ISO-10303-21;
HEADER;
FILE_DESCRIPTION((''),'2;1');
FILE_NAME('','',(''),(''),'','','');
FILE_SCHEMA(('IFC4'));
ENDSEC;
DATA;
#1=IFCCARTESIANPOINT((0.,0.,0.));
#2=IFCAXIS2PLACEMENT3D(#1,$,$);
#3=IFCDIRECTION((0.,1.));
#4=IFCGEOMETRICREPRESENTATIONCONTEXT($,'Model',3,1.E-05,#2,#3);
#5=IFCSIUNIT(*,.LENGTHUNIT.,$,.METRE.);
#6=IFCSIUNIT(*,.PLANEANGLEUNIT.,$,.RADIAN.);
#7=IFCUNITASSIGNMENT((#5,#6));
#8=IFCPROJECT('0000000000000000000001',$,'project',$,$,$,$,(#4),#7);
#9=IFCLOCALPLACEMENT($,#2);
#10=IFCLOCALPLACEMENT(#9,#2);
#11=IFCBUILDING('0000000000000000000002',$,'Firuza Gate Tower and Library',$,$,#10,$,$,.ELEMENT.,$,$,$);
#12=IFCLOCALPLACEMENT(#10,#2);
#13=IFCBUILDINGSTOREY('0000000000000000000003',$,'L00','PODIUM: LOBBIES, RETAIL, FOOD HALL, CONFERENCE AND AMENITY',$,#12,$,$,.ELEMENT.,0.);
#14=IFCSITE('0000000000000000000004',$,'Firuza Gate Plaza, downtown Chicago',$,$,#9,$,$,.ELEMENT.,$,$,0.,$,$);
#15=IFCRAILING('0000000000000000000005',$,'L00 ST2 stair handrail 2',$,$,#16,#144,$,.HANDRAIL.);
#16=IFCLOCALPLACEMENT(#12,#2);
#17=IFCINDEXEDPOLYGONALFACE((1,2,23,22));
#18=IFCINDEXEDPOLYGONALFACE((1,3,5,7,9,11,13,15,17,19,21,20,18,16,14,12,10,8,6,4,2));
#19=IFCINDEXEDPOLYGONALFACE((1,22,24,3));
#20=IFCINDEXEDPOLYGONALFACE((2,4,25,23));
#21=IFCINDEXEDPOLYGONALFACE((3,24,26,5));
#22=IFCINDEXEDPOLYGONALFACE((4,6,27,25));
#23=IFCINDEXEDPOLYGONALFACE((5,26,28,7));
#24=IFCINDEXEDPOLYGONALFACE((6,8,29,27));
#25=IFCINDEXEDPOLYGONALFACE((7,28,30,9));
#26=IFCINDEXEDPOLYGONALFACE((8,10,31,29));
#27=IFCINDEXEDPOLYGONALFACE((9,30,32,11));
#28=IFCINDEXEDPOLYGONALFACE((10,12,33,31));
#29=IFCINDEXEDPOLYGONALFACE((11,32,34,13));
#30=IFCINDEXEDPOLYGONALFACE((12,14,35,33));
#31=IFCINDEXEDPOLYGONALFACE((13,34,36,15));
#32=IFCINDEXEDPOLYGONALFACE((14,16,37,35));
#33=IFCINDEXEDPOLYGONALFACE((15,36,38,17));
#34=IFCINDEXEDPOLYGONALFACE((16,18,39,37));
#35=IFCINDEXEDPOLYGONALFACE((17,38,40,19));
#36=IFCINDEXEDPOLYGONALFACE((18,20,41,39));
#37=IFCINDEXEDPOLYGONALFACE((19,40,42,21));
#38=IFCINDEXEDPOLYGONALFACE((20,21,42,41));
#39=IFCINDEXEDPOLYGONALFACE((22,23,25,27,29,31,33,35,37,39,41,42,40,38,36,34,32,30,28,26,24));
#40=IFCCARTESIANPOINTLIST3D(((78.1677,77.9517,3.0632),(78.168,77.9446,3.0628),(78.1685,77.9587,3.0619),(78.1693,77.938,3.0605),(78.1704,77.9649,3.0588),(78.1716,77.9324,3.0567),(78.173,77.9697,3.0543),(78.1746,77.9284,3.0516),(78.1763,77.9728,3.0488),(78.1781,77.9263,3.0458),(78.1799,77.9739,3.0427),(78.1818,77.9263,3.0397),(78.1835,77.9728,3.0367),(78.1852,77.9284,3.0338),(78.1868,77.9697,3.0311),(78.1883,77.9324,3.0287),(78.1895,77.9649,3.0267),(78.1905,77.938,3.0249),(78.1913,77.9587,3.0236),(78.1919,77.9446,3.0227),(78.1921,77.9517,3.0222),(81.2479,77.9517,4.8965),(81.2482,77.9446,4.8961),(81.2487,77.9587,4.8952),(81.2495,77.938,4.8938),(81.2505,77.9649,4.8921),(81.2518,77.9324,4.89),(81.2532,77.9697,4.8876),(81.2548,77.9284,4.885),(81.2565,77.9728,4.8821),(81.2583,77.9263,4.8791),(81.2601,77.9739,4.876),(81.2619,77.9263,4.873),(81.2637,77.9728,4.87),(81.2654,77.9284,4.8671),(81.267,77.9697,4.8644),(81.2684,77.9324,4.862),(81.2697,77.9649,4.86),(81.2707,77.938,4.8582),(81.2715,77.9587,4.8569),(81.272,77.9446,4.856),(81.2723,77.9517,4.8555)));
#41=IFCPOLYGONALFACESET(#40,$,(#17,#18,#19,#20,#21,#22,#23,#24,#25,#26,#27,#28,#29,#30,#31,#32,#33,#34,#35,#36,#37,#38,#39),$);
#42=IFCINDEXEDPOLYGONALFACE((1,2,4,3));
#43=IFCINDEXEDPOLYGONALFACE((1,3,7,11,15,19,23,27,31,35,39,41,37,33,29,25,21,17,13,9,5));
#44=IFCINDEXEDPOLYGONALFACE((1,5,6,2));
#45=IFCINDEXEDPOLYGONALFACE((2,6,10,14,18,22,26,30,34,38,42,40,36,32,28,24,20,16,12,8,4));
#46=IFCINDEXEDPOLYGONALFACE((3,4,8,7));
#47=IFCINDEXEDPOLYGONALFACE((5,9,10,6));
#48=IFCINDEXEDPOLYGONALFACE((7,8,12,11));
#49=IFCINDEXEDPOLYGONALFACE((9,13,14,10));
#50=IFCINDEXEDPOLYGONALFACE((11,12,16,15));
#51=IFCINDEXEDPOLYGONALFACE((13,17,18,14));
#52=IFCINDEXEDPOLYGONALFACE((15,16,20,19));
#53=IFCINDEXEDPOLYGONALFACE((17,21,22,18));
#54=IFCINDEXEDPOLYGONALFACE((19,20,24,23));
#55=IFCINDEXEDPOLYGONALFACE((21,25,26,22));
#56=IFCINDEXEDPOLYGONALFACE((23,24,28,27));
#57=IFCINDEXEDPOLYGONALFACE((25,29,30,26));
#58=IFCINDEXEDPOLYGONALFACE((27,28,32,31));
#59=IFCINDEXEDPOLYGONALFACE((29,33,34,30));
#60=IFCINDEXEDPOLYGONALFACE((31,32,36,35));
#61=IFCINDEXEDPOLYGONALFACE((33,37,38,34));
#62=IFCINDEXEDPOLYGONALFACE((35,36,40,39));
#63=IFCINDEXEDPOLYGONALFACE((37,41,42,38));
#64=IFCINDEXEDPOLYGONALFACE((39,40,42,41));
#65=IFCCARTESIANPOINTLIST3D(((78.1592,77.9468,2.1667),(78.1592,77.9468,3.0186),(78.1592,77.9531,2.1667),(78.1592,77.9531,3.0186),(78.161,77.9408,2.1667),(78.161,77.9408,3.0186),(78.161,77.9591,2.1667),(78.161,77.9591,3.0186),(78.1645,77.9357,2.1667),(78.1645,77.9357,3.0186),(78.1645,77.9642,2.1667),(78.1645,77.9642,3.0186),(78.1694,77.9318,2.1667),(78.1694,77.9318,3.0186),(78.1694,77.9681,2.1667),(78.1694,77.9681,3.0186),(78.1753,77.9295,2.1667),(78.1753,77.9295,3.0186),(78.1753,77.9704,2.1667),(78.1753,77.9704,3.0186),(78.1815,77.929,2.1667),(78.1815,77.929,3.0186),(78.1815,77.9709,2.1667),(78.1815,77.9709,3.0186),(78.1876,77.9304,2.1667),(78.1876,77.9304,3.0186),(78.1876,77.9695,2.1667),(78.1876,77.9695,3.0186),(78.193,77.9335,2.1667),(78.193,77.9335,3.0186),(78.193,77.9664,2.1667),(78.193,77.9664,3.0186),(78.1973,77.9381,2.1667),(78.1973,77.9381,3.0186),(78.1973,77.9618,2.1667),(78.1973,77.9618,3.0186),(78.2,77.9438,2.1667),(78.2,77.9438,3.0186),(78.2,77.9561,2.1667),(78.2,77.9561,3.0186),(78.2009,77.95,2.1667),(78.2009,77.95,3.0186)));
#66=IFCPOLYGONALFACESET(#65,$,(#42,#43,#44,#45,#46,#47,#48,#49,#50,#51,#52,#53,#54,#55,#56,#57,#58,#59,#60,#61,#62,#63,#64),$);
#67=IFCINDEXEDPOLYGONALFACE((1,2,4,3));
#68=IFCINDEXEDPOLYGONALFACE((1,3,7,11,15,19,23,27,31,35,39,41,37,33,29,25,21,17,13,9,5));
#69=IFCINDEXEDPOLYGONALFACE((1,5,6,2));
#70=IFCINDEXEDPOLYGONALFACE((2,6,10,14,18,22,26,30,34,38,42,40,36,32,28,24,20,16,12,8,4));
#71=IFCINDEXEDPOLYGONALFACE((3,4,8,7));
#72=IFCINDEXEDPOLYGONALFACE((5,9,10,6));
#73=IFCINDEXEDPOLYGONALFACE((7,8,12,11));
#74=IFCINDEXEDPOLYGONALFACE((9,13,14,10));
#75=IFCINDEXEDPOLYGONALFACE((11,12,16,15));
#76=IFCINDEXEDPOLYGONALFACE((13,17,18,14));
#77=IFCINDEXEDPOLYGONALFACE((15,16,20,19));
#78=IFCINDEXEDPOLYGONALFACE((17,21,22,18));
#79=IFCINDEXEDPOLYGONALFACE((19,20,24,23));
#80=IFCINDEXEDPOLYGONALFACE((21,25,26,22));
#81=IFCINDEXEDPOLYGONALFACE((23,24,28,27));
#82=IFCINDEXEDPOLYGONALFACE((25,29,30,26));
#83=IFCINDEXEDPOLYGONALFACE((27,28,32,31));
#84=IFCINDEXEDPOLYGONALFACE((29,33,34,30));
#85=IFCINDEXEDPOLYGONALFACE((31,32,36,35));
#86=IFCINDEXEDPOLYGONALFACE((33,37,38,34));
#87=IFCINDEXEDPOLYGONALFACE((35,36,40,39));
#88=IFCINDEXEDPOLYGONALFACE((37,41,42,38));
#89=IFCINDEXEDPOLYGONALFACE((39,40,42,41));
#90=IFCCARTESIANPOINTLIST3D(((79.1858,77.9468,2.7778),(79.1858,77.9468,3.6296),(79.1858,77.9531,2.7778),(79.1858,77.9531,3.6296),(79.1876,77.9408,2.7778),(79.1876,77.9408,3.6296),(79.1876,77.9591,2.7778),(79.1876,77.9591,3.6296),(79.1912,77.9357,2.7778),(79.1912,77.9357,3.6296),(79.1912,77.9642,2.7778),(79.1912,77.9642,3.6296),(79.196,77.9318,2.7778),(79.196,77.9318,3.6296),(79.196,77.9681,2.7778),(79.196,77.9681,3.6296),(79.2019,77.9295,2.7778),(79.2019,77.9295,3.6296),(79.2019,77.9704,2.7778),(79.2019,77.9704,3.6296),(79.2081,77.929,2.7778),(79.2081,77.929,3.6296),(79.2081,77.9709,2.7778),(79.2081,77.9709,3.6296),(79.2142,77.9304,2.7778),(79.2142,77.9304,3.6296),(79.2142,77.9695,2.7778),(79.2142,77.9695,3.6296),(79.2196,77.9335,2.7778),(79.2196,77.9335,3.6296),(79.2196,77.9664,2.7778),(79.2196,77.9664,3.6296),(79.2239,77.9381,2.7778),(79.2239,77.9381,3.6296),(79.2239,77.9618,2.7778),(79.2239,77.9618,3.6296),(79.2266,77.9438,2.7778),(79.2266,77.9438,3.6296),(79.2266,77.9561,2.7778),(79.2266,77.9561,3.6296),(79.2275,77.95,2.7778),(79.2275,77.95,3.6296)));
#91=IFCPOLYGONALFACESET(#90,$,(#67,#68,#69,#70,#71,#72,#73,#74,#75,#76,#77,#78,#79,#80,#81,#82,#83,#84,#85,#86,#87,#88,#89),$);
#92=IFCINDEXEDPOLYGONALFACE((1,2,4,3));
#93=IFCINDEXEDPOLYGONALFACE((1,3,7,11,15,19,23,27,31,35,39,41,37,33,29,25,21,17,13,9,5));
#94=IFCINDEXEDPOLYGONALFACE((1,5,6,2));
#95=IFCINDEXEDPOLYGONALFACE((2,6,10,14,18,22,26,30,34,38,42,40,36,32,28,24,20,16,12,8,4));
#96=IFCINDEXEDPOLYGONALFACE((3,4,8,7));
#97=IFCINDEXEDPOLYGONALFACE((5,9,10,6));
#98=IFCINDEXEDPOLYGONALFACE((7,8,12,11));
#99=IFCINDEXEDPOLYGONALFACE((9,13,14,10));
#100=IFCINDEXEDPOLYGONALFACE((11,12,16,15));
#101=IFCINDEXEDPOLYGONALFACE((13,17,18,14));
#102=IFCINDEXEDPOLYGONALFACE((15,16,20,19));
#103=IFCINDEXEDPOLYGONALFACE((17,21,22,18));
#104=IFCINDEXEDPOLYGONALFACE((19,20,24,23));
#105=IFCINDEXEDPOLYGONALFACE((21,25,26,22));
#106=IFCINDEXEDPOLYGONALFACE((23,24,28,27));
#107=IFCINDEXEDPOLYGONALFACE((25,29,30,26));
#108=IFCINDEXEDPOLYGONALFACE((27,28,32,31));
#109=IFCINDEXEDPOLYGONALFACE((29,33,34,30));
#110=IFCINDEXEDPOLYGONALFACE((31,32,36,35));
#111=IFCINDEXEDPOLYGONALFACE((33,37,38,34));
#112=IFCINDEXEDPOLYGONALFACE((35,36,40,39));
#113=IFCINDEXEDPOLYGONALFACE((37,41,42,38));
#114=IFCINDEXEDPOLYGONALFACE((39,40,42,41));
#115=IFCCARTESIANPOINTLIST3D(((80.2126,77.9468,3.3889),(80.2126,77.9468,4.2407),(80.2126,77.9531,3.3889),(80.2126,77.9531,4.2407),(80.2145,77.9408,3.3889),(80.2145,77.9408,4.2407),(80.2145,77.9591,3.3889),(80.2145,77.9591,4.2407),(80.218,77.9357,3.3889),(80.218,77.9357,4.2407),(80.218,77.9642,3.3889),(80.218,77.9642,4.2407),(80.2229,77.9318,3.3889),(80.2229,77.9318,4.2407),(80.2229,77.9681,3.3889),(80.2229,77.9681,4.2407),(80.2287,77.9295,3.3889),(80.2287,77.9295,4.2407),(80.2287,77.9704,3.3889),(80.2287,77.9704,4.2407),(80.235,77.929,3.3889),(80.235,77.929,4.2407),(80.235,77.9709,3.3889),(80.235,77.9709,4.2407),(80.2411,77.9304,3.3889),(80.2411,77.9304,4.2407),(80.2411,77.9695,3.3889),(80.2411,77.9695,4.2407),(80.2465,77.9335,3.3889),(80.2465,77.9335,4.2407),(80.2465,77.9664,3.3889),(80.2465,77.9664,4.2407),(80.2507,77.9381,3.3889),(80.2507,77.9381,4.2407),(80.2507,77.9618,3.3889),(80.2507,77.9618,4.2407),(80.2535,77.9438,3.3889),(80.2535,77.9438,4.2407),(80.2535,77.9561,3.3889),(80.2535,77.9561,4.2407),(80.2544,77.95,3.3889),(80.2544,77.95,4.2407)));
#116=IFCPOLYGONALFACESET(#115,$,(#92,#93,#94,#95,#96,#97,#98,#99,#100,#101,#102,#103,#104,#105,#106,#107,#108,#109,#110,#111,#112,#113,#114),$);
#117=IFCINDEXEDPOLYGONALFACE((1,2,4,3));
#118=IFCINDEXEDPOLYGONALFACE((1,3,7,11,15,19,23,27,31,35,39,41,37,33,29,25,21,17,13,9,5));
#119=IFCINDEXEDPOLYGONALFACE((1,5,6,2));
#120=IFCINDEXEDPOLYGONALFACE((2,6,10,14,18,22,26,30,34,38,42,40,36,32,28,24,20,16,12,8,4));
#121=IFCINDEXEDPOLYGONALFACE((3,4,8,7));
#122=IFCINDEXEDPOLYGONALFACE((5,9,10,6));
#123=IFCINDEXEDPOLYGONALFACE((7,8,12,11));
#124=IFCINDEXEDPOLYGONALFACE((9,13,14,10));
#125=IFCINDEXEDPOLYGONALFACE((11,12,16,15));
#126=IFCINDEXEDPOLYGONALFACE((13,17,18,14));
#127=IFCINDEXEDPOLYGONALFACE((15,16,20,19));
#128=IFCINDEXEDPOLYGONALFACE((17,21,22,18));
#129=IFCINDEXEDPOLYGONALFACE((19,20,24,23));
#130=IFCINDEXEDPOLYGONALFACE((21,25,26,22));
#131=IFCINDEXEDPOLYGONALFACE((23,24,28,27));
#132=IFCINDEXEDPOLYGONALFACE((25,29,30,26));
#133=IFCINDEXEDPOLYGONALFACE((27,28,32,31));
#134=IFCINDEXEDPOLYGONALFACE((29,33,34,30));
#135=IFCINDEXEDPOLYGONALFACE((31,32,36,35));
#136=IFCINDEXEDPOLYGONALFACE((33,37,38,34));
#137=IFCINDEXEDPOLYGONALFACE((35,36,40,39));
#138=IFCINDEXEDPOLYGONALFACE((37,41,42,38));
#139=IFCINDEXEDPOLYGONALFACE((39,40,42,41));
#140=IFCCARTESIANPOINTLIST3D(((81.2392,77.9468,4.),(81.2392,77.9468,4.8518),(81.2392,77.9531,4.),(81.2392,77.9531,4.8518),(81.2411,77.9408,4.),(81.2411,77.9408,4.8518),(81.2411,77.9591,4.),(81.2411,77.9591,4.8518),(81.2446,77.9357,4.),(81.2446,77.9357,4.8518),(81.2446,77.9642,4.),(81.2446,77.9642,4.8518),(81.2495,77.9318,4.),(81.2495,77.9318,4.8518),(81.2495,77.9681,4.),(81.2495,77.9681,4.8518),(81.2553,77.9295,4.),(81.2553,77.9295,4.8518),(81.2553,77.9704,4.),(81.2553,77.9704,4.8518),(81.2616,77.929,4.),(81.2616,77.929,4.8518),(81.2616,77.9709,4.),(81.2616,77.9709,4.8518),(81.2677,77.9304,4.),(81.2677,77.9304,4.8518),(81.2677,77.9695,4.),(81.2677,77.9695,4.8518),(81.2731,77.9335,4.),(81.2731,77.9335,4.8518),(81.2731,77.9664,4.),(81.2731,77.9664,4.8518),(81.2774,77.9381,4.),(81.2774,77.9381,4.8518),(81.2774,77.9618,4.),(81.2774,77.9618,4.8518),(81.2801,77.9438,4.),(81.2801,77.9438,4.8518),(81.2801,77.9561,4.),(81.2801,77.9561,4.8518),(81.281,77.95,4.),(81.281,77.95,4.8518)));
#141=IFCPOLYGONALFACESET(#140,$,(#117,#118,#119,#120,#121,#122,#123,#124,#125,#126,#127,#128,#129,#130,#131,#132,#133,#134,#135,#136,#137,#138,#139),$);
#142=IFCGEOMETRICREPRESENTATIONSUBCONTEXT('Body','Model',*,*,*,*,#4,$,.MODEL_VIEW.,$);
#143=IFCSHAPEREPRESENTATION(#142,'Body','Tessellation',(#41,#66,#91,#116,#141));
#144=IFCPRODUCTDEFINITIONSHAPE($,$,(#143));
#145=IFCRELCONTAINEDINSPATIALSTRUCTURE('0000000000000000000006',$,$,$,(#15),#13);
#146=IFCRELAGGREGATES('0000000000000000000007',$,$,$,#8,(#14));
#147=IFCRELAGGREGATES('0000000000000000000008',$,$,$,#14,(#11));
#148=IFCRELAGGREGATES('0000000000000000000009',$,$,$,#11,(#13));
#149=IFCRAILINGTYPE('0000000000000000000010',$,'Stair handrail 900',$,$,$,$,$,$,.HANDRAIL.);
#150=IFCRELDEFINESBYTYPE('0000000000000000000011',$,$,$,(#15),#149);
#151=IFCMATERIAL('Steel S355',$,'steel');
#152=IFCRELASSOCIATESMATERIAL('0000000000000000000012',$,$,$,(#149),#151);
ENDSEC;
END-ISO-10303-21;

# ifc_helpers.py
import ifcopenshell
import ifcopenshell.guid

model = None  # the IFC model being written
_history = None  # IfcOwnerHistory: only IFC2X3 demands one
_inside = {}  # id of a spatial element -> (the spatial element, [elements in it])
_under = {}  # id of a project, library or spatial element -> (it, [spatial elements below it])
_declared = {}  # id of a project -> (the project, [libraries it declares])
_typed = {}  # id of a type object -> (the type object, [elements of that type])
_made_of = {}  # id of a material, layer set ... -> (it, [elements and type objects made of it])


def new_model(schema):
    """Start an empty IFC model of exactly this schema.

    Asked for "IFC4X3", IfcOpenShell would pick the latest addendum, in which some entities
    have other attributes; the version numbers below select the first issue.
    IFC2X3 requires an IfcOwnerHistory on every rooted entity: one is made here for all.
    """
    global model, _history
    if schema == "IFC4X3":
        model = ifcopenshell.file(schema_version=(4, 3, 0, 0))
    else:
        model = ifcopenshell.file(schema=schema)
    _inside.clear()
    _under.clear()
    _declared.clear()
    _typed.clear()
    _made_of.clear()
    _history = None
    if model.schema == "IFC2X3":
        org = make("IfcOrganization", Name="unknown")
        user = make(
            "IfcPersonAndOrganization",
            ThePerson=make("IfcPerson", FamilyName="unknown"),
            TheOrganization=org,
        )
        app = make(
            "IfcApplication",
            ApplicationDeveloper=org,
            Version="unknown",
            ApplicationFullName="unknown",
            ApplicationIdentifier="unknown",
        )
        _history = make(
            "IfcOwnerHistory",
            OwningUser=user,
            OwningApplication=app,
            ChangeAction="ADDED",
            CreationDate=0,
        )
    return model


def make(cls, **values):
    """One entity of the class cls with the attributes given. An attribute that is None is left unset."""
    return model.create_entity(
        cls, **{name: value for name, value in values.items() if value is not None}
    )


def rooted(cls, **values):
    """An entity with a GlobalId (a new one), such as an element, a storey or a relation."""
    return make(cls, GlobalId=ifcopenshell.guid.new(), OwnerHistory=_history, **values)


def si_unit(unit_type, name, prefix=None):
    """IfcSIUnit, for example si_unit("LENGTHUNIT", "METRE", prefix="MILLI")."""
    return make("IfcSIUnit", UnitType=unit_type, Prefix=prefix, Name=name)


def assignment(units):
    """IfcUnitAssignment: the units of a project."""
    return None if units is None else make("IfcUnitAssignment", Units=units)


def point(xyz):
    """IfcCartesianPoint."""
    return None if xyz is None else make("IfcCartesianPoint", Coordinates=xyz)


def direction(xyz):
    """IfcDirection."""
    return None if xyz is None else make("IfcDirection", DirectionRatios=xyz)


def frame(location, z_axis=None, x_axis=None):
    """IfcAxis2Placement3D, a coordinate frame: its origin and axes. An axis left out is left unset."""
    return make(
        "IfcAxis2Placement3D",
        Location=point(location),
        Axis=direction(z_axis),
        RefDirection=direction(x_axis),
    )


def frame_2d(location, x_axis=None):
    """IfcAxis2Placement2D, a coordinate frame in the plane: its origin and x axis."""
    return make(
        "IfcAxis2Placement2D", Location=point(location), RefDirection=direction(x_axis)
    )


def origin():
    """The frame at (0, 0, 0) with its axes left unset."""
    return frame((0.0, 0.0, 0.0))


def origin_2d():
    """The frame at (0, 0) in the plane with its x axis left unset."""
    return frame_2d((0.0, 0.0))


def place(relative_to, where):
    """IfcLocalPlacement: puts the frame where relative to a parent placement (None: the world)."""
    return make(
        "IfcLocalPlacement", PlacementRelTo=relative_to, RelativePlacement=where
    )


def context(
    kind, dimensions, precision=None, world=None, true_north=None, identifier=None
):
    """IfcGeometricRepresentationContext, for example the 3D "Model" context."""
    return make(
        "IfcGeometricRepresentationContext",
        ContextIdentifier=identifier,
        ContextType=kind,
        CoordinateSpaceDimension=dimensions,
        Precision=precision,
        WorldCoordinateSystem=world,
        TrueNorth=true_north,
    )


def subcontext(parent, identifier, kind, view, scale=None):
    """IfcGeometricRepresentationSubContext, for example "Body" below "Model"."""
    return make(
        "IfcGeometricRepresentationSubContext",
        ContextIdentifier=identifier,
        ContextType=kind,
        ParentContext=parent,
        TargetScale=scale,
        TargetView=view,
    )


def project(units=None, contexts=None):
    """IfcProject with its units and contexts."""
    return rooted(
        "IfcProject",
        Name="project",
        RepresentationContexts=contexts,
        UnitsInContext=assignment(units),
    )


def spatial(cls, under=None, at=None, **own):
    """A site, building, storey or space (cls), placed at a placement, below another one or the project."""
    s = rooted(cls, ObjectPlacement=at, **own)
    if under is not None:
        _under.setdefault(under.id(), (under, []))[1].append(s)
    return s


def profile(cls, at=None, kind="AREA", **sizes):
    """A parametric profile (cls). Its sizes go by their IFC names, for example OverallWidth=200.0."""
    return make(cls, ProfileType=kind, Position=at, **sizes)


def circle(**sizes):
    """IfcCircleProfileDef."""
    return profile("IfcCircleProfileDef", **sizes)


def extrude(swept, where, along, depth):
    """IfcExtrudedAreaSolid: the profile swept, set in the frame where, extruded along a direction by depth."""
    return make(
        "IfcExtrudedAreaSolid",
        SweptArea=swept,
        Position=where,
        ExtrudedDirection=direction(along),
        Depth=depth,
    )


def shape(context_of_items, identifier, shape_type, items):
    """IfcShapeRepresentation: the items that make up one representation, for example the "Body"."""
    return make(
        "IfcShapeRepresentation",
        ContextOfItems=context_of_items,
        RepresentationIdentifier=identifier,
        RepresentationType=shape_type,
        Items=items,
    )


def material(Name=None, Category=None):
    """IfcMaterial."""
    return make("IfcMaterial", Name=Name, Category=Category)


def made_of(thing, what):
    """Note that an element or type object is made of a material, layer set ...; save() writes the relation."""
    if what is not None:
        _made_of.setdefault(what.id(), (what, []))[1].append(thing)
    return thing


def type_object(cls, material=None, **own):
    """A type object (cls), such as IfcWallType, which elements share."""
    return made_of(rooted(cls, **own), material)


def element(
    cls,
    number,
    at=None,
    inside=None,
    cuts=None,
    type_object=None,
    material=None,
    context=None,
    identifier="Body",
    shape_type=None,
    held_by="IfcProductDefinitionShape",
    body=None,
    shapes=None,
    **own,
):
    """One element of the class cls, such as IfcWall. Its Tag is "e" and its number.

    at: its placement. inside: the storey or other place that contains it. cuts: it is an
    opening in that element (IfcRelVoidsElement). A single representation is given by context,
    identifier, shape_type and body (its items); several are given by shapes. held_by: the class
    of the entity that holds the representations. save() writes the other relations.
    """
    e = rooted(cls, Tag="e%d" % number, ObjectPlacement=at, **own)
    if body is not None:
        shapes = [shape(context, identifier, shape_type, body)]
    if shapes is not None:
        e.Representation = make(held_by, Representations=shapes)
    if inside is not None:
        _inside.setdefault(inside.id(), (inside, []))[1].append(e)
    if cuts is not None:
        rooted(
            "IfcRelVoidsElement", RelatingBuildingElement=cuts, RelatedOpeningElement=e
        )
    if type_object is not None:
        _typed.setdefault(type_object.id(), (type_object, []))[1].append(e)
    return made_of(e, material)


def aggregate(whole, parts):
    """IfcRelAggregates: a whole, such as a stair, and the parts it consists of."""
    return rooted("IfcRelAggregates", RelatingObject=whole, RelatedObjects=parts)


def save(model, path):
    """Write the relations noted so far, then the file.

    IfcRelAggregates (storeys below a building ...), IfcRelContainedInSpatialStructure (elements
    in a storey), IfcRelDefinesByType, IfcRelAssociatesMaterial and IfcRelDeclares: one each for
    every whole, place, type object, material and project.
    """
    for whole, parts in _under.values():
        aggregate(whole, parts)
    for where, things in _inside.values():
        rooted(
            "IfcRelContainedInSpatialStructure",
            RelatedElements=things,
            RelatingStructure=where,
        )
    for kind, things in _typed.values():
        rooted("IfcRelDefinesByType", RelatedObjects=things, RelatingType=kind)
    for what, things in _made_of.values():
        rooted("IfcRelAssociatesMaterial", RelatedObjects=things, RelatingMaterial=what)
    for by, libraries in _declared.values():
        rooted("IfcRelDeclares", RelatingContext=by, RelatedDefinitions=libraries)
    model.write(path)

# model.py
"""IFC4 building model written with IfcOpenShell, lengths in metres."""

from ifc_helpers import new_model, si_unit, direction, frame, origin, origin_2d, place, context, subcontext, project, spatial, circle, extrude, material, type_object, element, save


model = new_model("IFC4")

# Units and contexts
model_context = context("Model", 3, precision=1e-05, world=origin(), true_north=direction((0.0, 1.0)))
body_context = subcontext(model_context, "Body", "Model", "MODEL_VIEW")
ifc_project = project(units=[si_unit("LENGTHUNIT", "METRE"), si_unit("PLANEANGLEUNIT", "RADIAN")], contexts=[model_context])

# Site, building, storey
site_placement = place(None, origin())
site = spatial("IfcSite", under=ifc_project, at=site_placement, Name="Firuza Gate Plaza, downtown Chicago", CompositionType="ELEMENT", RefElevation=0.0)
building_placement = place(site_placement, origin())
building = spatial("IfcBuilding", under=site, at=building_placement, Name="Firuza Gate Tower and Library", CompositionType="ELEMENT")
storey_placement = place(building_placement, origin())
storey = spatial("IfcBuildingStorey", under=building, at=storey_placement, Name="L00", Description="PODIUM: LOBBIES, RETAIL, FOOD HALL, CONFERENCE AND AMENITY", CompositionType="ELEMENT", Elevation=0.0)

# Railing
ifc_material_1 = material(Name="Steel S355", Category="steel")
railing_type = type_object("IfcRailingType", Name="Stair handrail 900", PredefinedType="HANDRAIL", material=ifc_material_1)
for number, where, name in (
    (1, (78.1799, 77.95, 2.1667), "L00 ST2 stair handrail 2"),
):
    element("IfcRailing", number, at=place(storey_placement, frame(where)), inside=storey, type_object=railing_type, Name=name, PredefinedType="HANDRAIL", context=body_context, shape_type="SweptSolid", body=[
        extrude(circle(Radius=0.0239, at=origin_2d()), frame((0.0, 0.0, 0.876), z_axis=(0.859309, 0.0, 0.511458), x_axis=(0.0, 1.0, 0.0)), (0.0, 0.0, 1.0), 3.5845),
        extrude(circle(Radius=0.021, at=origin_2d()), origin(), (0.0, 0.0, 1.0), 0.8518),
        extrude(circle(Radius=0.021, at=origin_2d()), frame((1.0266, 0.0, 0.6111)), (0.0, 0.0, 1.0), 0.8518),
        extrude(circle(Radius=0.021, at=origin_2d()), frame((2.0535, 0.0, 1.2222)), (0.0, 0.0, 1.0), 0.8518),
        extrude(circle(Radius=0.021, at=origin_2d()), frame((3.0801, 0.0, 1.8333)), (0.0, 0.0, 1.0), 0.8518),
    ])

save(model, "model.ifc")
